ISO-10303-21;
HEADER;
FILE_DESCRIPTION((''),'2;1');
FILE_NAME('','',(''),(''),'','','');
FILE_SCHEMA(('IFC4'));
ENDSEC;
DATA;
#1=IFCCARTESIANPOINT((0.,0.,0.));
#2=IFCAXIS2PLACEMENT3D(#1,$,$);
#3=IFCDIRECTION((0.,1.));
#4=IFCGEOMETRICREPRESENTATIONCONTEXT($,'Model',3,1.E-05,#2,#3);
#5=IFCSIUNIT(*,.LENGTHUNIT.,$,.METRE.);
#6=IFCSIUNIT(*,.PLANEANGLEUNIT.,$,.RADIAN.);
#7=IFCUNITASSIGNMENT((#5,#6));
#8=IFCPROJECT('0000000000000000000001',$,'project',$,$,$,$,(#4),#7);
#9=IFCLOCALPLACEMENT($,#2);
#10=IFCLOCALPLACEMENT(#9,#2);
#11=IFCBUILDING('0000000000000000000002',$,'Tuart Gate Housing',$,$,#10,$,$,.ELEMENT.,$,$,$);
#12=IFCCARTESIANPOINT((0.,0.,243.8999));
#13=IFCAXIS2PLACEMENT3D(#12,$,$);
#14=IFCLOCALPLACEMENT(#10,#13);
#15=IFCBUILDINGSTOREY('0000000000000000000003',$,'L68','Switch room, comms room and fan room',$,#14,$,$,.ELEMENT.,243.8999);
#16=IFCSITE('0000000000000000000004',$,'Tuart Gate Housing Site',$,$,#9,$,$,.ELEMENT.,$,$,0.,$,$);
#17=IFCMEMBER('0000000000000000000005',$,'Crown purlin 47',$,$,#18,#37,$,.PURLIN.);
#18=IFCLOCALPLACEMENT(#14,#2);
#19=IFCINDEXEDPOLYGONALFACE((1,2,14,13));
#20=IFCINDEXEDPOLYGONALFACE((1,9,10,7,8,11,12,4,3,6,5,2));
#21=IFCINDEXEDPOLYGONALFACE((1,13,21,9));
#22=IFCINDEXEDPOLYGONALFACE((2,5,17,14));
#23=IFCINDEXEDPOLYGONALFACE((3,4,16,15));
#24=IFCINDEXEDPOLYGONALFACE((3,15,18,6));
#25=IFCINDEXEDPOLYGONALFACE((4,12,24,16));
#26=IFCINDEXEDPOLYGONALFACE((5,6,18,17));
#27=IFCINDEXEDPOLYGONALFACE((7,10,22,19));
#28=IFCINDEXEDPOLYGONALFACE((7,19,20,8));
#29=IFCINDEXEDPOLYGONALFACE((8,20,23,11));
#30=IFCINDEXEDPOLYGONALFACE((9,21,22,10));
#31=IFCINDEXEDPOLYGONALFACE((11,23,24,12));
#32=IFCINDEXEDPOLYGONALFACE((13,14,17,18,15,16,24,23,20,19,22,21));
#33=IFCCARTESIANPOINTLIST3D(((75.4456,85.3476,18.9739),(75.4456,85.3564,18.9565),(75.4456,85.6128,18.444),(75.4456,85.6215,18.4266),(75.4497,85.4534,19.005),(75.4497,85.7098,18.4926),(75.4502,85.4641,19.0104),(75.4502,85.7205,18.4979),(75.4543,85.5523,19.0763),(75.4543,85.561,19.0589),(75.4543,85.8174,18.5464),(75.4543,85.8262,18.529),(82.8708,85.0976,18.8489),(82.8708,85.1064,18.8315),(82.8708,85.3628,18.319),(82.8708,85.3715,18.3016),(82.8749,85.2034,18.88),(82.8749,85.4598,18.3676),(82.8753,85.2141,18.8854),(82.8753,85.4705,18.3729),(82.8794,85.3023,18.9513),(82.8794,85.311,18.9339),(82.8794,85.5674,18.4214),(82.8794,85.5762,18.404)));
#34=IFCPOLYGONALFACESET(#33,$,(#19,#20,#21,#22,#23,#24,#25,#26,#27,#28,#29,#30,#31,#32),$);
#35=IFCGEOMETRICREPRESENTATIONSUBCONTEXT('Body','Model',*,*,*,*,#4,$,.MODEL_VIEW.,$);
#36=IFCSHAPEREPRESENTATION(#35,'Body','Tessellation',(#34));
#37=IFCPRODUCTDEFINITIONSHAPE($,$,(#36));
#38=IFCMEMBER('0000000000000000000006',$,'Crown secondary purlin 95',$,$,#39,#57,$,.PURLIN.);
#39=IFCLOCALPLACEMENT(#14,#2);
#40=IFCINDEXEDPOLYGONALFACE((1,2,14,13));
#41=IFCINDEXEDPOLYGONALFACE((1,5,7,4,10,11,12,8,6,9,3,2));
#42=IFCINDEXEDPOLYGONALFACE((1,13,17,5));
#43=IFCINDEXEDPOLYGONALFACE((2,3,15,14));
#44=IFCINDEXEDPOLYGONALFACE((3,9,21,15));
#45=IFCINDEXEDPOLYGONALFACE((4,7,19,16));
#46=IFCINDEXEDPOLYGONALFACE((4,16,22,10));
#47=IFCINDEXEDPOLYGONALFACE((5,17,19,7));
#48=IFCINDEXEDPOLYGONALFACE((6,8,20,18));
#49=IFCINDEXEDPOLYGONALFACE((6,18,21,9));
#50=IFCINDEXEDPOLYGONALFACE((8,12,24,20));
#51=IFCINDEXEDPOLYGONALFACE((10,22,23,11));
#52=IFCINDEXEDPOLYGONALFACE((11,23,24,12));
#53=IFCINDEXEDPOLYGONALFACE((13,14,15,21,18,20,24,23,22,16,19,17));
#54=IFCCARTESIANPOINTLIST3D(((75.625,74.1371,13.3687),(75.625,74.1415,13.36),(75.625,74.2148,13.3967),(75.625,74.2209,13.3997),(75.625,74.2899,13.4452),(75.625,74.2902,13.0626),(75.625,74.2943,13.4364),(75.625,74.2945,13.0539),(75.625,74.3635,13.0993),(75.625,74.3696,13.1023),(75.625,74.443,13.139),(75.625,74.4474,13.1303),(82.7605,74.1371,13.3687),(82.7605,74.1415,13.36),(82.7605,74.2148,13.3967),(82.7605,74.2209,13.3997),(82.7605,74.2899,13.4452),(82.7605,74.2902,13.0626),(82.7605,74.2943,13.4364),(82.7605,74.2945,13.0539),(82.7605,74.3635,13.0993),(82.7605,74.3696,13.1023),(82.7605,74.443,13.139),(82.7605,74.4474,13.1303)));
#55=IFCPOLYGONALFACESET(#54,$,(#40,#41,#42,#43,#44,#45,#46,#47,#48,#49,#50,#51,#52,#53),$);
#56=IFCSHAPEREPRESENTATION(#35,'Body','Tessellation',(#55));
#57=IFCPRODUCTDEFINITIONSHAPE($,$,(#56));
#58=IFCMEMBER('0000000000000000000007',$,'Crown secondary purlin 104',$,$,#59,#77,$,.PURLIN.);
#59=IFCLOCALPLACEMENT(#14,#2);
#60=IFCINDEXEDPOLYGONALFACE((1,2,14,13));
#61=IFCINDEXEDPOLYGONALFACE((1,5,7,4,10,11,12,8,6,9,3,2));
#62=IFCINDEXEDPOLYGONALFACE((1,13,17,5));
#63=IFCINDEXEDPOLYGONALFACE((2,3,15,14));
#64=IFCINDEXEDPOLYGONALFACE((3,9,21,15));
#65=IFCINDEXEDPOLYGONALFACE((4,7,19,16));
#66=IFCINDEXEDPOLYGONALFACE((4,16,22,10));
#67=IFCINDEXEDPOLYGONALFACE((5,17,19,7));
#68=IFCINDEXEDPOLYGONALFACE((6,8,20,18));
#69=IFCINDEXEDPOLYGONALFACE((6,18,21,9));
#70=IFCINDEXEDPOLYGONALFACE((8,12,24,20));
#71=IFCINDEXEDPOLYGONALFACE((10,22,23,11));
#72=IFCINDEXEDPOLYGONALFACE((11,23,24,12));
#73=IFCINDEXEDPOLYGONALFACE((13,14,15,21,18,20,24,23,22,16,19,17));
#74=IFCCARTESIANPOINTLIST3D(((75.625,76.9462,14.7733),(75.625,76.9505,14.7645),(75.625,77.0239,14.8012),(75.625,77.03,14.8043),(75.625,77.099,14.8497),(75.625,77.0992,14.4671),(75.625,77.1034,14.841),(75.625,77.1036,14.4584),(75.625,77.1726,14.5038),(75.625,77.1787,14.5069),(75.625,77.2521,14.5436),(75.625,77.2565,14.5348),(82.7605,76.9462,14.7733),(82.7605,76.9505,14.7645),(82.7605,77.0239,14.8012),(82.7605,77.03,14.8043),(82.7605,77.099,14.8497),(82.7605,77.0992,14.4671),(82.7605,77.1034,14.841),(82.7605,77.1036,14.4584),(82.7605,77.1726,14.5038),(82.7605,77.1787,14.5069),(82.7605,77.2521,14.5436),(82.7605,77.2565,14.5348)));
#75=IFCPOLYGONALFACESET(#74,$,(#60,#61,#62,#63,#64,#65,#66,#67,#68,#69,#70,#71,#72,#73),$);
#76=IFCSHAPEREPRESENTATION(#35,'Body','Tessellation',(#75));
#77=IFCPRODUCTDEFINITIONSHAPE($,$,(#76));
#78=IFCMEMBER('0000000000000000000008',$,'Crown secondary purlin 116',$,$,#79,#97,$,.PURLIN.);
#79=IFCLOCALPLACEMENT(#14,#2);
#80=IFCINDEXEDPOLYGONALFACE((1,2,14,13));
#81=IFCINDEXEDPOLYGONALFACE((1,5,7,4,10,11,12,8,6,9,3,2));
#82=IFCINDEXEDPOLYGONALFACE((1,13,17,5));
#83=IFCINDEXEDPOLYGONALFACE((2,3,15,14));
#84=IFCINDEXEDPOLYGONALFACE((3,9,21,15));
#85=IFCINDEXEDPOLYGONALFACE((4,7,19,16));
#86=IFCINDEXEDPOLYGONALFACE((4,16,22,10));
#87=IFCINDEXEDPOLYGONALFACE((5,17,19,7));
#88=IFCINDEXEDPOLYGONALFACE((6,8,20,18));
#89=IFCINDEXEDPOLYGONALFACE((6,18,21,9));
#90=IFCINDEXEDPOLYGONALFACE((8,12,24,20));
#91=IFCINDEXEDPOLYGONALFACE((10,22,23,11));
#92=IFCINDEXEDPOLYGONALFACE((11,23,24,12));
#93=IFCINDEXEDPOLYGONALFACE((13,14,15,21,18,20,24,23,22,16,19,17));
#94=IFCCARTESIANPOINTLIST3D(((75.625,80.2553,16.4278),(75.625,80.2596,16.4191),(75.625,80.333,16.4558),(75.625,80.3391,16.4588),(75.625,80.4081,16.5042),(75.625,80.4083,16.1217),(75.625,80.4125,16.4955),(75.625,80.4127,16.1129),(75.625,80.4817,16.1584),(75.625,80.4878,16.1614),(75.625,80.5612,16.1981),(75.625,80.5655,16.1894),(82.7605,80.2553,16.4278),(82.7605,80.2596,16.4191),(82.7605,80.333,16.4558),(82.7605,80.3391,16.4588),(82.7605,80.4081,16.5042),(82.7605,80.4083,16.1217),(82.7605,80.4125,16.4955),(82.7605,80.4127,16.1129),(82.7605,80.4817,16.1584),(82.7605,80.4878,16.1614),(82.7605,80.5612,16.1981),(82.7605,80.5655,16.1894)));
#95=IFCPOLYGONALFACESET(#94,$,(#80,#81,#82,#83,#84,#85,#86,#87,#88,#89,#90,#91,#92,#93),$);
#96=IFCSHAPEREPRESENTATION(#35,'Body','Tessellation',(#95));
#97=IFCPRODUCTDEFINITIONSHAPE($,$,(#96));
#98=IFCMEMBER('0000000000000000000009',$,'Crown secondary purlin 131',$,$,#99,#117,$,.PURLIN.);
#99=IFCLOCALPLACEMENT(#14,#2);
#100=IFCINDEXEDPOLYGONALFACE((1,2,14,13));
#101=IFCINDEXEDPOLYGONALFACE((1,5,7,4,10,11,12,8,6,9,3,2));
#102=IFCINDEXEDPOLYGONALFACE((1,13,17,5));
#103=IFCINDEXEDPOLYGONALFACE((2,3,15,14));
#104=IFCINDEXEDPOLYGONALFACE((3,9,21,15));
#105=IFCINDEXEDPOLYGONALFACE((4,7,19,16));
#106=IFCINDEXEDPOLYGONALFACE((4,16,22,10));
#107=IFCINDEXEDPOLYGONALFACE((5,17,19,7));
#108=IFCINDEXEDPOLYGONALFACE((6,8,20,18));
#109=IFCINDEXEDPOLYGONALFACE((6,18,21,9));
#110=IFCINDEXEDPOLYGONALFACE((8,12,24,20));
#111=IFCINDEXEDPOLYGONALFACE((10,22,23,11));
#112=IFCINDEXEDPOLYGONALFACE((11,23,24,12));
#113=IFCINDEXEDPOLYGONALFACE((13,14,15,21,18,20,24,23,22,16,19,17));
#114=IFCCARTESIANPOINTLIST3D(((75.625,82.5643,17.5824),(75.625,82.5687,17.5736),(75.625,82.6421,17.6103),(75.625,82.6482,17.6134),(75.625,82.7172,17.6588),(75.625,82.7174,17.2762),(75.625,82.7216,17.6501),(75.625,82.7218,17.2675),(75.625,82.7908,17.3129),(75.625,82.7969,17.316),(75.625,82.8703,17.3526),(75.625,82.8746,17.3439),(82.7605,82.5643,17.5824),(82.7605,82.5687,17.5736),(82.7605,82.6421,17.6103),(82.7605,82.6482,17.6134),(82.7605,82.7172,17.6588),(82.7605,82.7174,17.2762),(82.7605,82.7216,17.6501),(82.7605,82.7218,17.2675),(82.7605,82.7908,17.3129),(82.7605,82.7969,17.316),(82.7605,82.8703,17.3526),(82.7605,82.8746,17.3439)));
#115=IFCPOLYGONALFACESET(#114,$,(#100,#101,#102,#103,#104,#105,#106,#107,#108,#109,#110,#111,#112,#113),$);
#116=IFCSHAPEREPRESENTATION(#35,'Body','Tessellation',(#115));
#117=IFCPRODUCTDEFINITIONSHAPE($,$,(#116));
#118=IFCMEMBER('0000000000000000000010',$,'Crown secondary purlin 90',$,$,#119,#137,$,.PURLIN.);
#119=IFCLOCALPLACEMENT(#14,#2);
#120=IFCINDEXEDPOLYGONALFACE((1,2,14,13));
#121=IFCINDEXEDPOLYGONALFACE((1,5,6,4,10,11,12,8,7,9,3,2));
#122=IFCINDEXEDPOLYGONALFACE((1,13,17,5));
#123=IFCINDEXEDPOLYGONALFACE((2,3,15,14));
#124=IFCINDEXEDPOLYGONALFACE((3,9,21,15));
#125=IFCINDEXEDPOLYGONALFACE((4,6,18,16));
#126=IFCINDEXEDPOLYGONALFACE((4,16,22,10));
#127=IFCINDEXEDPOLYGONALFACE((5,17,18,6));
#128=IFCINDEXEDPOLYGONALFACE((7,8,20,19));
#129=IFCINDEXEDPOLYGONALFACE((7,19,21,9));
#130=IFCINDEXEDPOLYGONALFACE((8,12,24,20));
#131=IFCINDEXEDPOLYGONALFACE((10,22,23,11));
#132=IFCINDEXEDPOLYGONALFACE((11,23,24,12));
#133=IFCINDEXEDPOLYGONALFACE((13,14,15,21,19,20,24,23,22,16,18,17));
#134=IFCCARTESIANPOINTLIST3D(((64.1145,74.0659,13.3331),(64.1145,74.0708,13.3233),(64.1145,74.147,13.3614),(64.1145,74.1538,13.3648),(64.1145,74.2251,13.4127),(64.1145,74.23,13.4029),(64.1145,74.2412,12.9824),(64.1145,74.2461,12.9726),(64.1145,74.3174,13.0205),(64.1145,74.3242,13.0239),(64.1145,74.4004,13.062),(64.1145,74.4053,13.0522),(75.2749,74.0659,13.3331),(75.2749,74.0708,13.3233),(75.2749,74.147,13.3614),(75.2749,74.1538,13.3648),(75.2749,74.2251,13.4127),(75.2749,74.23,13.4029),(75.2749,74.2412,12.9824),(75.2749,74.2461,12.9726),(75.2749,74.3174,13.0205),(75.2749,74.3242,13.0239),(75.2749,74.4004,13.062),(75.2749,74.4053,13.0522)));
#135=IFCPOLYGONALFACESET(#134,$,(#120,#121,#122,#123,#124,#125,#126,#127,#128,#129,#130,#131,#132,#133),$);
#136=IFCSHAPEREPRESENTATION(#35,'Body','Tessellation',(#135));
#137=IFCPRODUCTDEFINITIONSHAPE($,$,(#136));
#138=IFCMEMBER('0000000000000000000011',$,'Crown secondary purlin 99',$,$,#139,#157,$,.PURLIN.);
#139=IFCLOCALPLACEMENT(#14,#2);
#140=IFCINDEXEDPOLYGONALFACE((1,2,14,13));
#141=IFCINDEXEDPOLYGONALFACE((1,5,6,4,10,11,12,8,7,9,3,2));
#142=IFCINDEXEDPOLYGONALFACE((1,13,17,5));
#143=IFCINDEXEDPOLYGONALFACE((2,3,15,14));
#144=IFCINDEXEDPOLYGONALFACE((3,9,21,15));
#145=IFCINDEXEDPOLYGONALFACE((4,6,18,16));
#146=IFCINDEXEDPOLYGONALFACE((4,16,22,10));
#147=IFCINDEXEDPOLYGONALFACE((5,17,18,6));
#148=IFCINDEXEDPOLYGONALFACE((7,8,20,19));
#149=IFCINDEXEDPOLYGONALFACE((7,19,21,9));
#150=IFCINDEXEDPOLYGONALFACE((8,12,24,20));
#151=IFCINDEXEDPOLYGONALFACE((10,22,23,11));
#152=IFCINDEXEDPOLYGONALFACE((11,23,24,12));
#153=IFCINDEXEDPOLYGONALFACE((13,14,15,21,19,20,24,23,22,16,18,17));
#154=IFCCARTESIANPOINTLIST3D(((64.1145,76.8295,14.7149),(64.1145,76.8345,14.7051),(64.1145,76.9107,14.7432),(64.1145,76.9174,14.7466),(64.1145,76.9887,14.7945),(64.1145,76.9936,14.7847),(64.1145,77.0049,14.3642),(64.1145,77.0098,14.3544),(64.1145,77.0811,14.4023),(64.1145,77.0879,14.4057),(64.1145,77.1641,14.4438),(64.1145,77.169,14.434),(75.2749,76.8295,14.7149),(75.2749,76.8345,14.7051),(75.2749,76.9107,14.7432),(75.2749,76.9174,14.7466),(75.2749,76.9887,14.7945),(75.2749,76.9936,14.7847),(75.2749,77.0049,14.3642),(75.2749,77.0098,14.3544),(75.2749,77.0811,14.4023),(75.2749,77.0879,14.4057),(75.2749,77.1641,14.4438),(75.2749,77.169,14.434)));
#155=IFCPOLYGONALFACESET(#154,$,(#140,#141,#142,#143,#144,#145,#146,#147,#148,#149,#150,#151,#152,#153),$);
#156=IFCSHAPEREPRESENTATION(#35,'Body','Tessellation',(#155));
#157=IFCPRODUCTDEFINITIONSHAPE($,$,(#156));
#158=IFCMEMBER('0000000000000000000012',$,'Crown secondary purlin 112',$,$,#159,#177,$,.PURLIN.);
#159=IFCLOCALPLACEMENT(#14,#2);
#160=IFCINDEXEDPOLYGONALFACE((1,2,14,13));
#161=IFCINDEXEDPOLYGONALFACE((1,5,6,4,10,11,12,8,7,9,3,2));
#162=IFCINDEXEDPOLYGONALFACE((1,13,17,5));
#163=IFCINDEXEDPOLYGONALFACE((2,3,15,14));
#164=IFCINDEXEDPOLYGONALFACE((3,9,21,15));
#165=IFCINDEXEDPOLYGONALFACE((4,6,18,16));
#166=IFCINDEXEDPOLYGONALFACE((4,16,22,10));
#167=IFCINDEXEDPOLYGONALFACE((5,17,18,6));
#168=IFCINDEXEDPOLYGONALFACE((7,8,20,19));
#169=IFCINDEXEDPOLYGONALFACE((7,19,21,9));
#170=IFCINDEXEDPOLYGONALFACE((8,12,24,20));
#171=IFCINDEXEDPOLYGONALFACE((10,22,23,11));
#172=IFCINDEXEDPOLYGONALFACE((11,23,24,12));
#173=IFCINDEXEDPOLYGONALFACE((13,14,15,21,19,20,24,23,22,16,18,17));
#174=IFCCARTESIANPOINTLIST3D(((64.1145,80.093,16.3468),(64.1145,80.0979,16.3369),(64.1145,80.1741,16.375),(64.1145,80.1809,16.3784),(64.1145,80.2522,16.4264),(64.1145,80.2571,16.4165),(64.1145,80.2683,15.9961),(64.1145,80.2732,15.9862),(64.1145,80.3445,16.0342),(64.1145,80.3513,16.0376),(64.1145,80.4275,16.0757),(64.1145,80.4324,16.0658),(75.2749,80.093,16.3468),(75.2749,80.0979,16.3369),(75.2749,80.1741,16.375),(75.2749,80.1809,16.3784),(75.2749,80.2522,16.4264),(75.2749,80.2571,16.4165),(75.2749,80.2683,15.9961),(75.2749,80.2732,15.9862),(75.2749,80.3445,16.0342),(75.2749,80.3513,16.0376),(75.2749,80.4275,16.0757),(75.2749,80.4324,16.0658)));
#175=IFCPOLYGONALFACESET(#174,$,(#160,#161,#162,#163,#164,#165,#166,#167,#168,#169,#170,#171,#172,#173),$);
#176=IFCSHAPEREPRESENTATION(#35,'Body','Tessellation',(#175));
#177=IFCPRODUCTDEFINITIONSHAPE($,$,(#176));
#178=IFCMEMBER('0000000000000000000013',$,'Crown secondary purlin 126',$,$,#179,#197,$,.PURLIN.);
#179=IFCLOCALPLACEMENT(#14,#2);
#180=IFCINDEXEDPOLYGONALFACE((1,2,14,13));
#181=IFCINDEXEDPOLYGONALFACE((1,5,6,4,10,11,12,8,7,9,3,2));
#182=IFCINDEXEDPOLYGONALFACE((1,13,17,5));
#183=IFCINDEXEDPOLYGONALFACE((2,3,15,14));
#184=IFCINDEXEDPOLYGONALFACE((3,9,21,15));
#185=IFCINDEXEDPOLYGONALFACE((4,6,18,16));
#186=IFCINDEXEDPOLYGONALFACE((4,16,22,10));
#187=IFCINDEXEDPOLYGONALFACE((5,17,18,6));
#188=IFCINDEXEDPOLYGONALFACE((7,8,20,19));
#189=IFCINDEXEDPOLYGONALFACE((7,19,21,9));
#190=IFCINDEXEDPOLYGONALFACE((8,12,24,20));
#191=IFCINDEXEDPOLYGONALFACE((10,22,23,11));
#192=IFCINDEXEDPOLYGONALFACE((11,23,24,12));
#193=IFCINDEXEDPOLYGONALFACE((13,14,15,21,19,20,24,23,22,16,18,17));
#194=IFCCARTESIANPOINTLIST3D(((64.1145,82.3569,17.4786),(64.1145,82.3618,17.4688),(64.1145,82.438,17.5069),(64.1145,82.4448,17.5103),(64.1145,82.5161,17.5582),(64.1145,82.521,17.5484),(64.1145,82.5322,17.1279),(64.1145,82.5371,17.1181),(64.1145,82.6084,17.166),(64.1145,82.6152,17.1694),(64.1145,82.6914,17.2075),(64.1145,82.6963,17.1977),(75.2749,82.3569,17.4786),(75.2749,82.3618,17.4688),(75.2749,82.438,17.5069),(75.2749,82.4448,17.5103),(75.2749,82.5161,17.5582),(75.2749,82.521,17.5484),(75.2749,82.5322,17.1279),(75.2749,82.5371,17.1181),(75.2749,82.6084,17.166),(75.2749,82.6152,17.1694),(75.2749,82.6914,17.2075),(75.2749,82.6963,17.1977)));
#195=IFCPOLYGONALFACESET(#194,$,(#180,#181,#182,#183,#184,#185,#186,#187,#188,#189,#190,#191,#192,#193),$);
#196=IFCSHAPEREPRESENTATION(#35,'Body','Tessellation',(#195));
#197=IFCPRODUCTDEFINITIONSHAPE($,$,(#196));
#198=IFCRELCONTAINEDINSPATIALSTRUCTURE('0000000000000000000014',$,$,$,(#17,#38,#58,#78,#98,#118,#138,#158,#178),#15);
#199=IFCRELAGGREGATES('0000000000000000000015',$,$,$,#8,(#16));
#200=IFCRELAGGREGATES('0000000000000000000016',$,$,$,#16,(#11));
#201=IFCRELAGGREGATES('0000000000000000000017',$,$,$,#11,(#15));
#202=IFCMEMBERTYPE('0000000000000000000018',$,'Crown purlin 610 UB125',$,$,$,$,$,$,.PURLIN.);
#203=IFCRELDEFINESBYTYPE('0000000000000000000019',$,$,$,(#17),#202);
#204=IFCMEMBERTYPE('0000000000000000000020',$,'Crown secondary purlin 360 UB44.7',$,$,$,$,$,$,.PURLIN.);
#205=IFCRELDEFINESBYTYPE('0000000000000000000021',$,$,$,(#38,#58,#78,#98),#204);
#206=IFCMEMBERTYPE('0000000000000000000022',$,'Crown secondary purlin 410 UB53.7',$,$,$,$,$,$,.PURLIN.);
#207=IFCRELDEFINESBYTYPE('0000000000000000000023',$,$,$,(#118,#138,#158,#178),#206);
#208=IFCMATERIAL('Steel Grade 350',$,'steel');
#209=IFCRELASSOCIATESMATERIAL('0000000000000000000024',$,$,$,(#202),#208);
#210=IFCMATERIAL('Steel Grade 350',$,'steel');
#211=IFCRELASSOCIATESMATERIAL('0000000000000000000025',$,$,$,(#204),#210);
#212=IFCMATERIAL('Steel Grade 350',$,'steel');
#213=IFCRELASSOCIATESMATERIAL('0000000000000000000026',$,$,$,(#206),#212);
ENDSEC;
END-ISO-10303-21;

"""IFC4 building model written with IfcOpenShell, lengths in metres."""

from ifc_helpers import new_model, si_unit, direction, frame, origin, origin_2d, place, context, subcontext, project, spatial, i_section, extrude, material, material_profile, profile_set, type_object, element, save


model = new_model("IFC4")

# Units and contexts
model_context = context("Model", 3, precision=1e-05, world=origin(), true_north=direction((0.0, 1.0)))
body_context = subcontext(model_context, "Body", "Model", "MODEL_VIEW")
ifc_project = project(units=[si_unit("LENGTHUNIT", "METRE"), si_unit("PLANEANGLEUNIT", "RADIAN")], contexts=[model_context])

# Site, building, storey
site_placement = place(None, origin())
site = spatial("IfcSite", under=ifc_project, at=site_placement, Name="Tuart Gate Housing Site", CompositionType="ELEMENT", RefElevation=0.0)
building_placement = place(site_placement, origin())
building = spatial("IfcBuilding", under=site, at=building_placement, Name="Tuart Gate Housing", CompositionType="ELEMENT")
storey_placement = place(building_placement, frame((0.0, 0.0, 243.8999)))
storey = spatial("IfcBuildingStorey", under=building, at=storey_placement, Name="L68", Description="Switch room, comms room and fan room", CompositionType="ELEMENT", Elevation=243.8999)

# Members
ifc_material_1 = material(Name="Steel Grade 350", Category="steel")
ifc_material_profile_1 = material_profile(ifc_material_1, i_section(OverallWidth=0.229, OverallDepth=0.6121, WebThickness=0.012, FlangeThickness=0.0195, at=origin_2d()), Name="610UB125")
ifc_profile_set_1 = profile_set([ifc_material_profile_1], Name="Steel Grade 350")
member_type_1 = type_object("IfcMemberType", Name="Crown purlin 610 UB125", PredefinedType="PURLIN", material=ifc_profile_set_1)
member_placement = place(storey_placement, frame((75.45, 85.5869, 18.7515), z_axis=(0.999292, -0.033646, -0.016823), x_axis=(0.037617, 0.893667, 0.447151)))
element("IfcMember", 1, at=member_placement, inside=storey, type_object=member_type_1, Name="Crown purlin 47", PredefinedType="PURLIN", context=body_context, shape_type="SweptSolid", body=[
    extrude(i_section(OverallWidth=0.229, OverallDepth=0.6121, WebThickness=0.012, FlangeThickness=0.0195, at=origin_2d()), origin(), (0.0, 0.0, 1.0), 7.4304),
])
ifc_material_2 = material(Name="Steel Grade 350", Category="steel")
ifc_material_profile_2 = material_profile(ifc_material_2, i_section(OverallWidth=0.1709, OverallDepth=0.3521, WebThickness=0.0068, FlangeThickness=0.0098, at=origin_2d()), Name="360UB44.7")
ifc_profile_set_2 = profile_set([ifc_material_profile_2], Name="Steel Grade 350")
member_type_2 = type_object("IfcMemberType", Name="Crown secondary purlin 360 UB44.7", PredefinedType="PURLIN", material=ifc_profile_set_2)
for number, where, z_axis, x_axis, name in (
    (2, (75.625, 74.2922, 13.2495), (1.0, 0.0, 0.0), (0.0, 0.894427, 0.447214), "Crown secondary purlin 95"),
    (3, (75.625, 77.1013, 14.6541), (1.0, 0.0, 0.0), (0.0, 0.894427, 0.447214), "Crown secondary purlin 104"),
    (4, (75.625, 80.4104, 16.3086), (1.0, 0.0, 0.0), (0.0, 0.894427, 0.447214), "Crown secondary purlin 116"),
    (5, (75.625, 82.7195, 17.4631), (1.0, 0.0, 0.0), (0.0, 0.894427, 0.447214), "Crown secondary purlin 131"),
):
    element("IfcMember", number, at=place(storey_placement, frame(where, z_axis=z_axis, x_axis=x_axis)), inside=storey, type_object=member_type_2, Name=name, PredefinedType="PURLIN", context=body_context, shape_type="SweptSolid", body=[
        extrude(i_section(OverallWidth=0.1709, OverallDepth=0.3521, WebThickness=0.0068, FlangeThickness=0.0098, at=origin_2d()), origin(), (0.0, 0.0, 1.0), 7.1355),
    ])
ifc_material_3 = material(Name="Steel Grade 350", Category="steel")
ifc_material_profile_3 = material_profile(ifc_material_3, i_section(OverallWidth=0.178, OverallDepth=0.4031, WebThickness=0.0076, FlangeThickness=0.011, at=origin_2d()), Name="410UB53.7")
ifc_profile_set_3 = profile_set([ifc_material_profile_3], Name="Steel Grade 350")
member_type_3 = type_object("IfcMemberType", Name="Crown secondary purlin 410 UB53.7", PredefinedType="PURLIN", material=ifc_profile_set_3)
for number, where, z_axis, x_axis, name in (
    (6, (64.1145, 74.2356, 13.1926), (1.0, 0.0, 0.0), (0.0, 0.894427, 0.447214), "Crown secondary purlin 90"),
    (7, (64.1145, 76.9993, 14.5745), (1.0, 0.0, 0.0), (0.0, 0.894427, 0.447214), "Crown secondary purlin 99"),
    (8, (64.1145, 80.2627, 16.2063), (1.0, 0.0, 0.0), (0.0, 0.894427, 0.447214), "Crown secondary purlin 112"),
    (9, (64.1145, 82.5266, 17.3381), (1.0, 0.0, 0.0), (0.0, 0.894427, 0.447214), "Crown secondary purlin 126"),
):
    element("IfcMember", number, at=place(storey_placement, frame(where, z_axis=z_axis, x_axis=x_axis)), inside=storey, type_object=member_type_3, Name=name, PredefinedType="PURLIN", context=body_context, shape_type="SweptSolid", body=[
        extrude(i_section(OverallWidth=0.178, OverallDepth=0.4031, WebThickness=0.0076, FlangeThickness=0.011, at=origin_2d()), origin(), (0.0, 0.0, 1.0), 11.1604),
    ])

save(model, "model.ifc")
